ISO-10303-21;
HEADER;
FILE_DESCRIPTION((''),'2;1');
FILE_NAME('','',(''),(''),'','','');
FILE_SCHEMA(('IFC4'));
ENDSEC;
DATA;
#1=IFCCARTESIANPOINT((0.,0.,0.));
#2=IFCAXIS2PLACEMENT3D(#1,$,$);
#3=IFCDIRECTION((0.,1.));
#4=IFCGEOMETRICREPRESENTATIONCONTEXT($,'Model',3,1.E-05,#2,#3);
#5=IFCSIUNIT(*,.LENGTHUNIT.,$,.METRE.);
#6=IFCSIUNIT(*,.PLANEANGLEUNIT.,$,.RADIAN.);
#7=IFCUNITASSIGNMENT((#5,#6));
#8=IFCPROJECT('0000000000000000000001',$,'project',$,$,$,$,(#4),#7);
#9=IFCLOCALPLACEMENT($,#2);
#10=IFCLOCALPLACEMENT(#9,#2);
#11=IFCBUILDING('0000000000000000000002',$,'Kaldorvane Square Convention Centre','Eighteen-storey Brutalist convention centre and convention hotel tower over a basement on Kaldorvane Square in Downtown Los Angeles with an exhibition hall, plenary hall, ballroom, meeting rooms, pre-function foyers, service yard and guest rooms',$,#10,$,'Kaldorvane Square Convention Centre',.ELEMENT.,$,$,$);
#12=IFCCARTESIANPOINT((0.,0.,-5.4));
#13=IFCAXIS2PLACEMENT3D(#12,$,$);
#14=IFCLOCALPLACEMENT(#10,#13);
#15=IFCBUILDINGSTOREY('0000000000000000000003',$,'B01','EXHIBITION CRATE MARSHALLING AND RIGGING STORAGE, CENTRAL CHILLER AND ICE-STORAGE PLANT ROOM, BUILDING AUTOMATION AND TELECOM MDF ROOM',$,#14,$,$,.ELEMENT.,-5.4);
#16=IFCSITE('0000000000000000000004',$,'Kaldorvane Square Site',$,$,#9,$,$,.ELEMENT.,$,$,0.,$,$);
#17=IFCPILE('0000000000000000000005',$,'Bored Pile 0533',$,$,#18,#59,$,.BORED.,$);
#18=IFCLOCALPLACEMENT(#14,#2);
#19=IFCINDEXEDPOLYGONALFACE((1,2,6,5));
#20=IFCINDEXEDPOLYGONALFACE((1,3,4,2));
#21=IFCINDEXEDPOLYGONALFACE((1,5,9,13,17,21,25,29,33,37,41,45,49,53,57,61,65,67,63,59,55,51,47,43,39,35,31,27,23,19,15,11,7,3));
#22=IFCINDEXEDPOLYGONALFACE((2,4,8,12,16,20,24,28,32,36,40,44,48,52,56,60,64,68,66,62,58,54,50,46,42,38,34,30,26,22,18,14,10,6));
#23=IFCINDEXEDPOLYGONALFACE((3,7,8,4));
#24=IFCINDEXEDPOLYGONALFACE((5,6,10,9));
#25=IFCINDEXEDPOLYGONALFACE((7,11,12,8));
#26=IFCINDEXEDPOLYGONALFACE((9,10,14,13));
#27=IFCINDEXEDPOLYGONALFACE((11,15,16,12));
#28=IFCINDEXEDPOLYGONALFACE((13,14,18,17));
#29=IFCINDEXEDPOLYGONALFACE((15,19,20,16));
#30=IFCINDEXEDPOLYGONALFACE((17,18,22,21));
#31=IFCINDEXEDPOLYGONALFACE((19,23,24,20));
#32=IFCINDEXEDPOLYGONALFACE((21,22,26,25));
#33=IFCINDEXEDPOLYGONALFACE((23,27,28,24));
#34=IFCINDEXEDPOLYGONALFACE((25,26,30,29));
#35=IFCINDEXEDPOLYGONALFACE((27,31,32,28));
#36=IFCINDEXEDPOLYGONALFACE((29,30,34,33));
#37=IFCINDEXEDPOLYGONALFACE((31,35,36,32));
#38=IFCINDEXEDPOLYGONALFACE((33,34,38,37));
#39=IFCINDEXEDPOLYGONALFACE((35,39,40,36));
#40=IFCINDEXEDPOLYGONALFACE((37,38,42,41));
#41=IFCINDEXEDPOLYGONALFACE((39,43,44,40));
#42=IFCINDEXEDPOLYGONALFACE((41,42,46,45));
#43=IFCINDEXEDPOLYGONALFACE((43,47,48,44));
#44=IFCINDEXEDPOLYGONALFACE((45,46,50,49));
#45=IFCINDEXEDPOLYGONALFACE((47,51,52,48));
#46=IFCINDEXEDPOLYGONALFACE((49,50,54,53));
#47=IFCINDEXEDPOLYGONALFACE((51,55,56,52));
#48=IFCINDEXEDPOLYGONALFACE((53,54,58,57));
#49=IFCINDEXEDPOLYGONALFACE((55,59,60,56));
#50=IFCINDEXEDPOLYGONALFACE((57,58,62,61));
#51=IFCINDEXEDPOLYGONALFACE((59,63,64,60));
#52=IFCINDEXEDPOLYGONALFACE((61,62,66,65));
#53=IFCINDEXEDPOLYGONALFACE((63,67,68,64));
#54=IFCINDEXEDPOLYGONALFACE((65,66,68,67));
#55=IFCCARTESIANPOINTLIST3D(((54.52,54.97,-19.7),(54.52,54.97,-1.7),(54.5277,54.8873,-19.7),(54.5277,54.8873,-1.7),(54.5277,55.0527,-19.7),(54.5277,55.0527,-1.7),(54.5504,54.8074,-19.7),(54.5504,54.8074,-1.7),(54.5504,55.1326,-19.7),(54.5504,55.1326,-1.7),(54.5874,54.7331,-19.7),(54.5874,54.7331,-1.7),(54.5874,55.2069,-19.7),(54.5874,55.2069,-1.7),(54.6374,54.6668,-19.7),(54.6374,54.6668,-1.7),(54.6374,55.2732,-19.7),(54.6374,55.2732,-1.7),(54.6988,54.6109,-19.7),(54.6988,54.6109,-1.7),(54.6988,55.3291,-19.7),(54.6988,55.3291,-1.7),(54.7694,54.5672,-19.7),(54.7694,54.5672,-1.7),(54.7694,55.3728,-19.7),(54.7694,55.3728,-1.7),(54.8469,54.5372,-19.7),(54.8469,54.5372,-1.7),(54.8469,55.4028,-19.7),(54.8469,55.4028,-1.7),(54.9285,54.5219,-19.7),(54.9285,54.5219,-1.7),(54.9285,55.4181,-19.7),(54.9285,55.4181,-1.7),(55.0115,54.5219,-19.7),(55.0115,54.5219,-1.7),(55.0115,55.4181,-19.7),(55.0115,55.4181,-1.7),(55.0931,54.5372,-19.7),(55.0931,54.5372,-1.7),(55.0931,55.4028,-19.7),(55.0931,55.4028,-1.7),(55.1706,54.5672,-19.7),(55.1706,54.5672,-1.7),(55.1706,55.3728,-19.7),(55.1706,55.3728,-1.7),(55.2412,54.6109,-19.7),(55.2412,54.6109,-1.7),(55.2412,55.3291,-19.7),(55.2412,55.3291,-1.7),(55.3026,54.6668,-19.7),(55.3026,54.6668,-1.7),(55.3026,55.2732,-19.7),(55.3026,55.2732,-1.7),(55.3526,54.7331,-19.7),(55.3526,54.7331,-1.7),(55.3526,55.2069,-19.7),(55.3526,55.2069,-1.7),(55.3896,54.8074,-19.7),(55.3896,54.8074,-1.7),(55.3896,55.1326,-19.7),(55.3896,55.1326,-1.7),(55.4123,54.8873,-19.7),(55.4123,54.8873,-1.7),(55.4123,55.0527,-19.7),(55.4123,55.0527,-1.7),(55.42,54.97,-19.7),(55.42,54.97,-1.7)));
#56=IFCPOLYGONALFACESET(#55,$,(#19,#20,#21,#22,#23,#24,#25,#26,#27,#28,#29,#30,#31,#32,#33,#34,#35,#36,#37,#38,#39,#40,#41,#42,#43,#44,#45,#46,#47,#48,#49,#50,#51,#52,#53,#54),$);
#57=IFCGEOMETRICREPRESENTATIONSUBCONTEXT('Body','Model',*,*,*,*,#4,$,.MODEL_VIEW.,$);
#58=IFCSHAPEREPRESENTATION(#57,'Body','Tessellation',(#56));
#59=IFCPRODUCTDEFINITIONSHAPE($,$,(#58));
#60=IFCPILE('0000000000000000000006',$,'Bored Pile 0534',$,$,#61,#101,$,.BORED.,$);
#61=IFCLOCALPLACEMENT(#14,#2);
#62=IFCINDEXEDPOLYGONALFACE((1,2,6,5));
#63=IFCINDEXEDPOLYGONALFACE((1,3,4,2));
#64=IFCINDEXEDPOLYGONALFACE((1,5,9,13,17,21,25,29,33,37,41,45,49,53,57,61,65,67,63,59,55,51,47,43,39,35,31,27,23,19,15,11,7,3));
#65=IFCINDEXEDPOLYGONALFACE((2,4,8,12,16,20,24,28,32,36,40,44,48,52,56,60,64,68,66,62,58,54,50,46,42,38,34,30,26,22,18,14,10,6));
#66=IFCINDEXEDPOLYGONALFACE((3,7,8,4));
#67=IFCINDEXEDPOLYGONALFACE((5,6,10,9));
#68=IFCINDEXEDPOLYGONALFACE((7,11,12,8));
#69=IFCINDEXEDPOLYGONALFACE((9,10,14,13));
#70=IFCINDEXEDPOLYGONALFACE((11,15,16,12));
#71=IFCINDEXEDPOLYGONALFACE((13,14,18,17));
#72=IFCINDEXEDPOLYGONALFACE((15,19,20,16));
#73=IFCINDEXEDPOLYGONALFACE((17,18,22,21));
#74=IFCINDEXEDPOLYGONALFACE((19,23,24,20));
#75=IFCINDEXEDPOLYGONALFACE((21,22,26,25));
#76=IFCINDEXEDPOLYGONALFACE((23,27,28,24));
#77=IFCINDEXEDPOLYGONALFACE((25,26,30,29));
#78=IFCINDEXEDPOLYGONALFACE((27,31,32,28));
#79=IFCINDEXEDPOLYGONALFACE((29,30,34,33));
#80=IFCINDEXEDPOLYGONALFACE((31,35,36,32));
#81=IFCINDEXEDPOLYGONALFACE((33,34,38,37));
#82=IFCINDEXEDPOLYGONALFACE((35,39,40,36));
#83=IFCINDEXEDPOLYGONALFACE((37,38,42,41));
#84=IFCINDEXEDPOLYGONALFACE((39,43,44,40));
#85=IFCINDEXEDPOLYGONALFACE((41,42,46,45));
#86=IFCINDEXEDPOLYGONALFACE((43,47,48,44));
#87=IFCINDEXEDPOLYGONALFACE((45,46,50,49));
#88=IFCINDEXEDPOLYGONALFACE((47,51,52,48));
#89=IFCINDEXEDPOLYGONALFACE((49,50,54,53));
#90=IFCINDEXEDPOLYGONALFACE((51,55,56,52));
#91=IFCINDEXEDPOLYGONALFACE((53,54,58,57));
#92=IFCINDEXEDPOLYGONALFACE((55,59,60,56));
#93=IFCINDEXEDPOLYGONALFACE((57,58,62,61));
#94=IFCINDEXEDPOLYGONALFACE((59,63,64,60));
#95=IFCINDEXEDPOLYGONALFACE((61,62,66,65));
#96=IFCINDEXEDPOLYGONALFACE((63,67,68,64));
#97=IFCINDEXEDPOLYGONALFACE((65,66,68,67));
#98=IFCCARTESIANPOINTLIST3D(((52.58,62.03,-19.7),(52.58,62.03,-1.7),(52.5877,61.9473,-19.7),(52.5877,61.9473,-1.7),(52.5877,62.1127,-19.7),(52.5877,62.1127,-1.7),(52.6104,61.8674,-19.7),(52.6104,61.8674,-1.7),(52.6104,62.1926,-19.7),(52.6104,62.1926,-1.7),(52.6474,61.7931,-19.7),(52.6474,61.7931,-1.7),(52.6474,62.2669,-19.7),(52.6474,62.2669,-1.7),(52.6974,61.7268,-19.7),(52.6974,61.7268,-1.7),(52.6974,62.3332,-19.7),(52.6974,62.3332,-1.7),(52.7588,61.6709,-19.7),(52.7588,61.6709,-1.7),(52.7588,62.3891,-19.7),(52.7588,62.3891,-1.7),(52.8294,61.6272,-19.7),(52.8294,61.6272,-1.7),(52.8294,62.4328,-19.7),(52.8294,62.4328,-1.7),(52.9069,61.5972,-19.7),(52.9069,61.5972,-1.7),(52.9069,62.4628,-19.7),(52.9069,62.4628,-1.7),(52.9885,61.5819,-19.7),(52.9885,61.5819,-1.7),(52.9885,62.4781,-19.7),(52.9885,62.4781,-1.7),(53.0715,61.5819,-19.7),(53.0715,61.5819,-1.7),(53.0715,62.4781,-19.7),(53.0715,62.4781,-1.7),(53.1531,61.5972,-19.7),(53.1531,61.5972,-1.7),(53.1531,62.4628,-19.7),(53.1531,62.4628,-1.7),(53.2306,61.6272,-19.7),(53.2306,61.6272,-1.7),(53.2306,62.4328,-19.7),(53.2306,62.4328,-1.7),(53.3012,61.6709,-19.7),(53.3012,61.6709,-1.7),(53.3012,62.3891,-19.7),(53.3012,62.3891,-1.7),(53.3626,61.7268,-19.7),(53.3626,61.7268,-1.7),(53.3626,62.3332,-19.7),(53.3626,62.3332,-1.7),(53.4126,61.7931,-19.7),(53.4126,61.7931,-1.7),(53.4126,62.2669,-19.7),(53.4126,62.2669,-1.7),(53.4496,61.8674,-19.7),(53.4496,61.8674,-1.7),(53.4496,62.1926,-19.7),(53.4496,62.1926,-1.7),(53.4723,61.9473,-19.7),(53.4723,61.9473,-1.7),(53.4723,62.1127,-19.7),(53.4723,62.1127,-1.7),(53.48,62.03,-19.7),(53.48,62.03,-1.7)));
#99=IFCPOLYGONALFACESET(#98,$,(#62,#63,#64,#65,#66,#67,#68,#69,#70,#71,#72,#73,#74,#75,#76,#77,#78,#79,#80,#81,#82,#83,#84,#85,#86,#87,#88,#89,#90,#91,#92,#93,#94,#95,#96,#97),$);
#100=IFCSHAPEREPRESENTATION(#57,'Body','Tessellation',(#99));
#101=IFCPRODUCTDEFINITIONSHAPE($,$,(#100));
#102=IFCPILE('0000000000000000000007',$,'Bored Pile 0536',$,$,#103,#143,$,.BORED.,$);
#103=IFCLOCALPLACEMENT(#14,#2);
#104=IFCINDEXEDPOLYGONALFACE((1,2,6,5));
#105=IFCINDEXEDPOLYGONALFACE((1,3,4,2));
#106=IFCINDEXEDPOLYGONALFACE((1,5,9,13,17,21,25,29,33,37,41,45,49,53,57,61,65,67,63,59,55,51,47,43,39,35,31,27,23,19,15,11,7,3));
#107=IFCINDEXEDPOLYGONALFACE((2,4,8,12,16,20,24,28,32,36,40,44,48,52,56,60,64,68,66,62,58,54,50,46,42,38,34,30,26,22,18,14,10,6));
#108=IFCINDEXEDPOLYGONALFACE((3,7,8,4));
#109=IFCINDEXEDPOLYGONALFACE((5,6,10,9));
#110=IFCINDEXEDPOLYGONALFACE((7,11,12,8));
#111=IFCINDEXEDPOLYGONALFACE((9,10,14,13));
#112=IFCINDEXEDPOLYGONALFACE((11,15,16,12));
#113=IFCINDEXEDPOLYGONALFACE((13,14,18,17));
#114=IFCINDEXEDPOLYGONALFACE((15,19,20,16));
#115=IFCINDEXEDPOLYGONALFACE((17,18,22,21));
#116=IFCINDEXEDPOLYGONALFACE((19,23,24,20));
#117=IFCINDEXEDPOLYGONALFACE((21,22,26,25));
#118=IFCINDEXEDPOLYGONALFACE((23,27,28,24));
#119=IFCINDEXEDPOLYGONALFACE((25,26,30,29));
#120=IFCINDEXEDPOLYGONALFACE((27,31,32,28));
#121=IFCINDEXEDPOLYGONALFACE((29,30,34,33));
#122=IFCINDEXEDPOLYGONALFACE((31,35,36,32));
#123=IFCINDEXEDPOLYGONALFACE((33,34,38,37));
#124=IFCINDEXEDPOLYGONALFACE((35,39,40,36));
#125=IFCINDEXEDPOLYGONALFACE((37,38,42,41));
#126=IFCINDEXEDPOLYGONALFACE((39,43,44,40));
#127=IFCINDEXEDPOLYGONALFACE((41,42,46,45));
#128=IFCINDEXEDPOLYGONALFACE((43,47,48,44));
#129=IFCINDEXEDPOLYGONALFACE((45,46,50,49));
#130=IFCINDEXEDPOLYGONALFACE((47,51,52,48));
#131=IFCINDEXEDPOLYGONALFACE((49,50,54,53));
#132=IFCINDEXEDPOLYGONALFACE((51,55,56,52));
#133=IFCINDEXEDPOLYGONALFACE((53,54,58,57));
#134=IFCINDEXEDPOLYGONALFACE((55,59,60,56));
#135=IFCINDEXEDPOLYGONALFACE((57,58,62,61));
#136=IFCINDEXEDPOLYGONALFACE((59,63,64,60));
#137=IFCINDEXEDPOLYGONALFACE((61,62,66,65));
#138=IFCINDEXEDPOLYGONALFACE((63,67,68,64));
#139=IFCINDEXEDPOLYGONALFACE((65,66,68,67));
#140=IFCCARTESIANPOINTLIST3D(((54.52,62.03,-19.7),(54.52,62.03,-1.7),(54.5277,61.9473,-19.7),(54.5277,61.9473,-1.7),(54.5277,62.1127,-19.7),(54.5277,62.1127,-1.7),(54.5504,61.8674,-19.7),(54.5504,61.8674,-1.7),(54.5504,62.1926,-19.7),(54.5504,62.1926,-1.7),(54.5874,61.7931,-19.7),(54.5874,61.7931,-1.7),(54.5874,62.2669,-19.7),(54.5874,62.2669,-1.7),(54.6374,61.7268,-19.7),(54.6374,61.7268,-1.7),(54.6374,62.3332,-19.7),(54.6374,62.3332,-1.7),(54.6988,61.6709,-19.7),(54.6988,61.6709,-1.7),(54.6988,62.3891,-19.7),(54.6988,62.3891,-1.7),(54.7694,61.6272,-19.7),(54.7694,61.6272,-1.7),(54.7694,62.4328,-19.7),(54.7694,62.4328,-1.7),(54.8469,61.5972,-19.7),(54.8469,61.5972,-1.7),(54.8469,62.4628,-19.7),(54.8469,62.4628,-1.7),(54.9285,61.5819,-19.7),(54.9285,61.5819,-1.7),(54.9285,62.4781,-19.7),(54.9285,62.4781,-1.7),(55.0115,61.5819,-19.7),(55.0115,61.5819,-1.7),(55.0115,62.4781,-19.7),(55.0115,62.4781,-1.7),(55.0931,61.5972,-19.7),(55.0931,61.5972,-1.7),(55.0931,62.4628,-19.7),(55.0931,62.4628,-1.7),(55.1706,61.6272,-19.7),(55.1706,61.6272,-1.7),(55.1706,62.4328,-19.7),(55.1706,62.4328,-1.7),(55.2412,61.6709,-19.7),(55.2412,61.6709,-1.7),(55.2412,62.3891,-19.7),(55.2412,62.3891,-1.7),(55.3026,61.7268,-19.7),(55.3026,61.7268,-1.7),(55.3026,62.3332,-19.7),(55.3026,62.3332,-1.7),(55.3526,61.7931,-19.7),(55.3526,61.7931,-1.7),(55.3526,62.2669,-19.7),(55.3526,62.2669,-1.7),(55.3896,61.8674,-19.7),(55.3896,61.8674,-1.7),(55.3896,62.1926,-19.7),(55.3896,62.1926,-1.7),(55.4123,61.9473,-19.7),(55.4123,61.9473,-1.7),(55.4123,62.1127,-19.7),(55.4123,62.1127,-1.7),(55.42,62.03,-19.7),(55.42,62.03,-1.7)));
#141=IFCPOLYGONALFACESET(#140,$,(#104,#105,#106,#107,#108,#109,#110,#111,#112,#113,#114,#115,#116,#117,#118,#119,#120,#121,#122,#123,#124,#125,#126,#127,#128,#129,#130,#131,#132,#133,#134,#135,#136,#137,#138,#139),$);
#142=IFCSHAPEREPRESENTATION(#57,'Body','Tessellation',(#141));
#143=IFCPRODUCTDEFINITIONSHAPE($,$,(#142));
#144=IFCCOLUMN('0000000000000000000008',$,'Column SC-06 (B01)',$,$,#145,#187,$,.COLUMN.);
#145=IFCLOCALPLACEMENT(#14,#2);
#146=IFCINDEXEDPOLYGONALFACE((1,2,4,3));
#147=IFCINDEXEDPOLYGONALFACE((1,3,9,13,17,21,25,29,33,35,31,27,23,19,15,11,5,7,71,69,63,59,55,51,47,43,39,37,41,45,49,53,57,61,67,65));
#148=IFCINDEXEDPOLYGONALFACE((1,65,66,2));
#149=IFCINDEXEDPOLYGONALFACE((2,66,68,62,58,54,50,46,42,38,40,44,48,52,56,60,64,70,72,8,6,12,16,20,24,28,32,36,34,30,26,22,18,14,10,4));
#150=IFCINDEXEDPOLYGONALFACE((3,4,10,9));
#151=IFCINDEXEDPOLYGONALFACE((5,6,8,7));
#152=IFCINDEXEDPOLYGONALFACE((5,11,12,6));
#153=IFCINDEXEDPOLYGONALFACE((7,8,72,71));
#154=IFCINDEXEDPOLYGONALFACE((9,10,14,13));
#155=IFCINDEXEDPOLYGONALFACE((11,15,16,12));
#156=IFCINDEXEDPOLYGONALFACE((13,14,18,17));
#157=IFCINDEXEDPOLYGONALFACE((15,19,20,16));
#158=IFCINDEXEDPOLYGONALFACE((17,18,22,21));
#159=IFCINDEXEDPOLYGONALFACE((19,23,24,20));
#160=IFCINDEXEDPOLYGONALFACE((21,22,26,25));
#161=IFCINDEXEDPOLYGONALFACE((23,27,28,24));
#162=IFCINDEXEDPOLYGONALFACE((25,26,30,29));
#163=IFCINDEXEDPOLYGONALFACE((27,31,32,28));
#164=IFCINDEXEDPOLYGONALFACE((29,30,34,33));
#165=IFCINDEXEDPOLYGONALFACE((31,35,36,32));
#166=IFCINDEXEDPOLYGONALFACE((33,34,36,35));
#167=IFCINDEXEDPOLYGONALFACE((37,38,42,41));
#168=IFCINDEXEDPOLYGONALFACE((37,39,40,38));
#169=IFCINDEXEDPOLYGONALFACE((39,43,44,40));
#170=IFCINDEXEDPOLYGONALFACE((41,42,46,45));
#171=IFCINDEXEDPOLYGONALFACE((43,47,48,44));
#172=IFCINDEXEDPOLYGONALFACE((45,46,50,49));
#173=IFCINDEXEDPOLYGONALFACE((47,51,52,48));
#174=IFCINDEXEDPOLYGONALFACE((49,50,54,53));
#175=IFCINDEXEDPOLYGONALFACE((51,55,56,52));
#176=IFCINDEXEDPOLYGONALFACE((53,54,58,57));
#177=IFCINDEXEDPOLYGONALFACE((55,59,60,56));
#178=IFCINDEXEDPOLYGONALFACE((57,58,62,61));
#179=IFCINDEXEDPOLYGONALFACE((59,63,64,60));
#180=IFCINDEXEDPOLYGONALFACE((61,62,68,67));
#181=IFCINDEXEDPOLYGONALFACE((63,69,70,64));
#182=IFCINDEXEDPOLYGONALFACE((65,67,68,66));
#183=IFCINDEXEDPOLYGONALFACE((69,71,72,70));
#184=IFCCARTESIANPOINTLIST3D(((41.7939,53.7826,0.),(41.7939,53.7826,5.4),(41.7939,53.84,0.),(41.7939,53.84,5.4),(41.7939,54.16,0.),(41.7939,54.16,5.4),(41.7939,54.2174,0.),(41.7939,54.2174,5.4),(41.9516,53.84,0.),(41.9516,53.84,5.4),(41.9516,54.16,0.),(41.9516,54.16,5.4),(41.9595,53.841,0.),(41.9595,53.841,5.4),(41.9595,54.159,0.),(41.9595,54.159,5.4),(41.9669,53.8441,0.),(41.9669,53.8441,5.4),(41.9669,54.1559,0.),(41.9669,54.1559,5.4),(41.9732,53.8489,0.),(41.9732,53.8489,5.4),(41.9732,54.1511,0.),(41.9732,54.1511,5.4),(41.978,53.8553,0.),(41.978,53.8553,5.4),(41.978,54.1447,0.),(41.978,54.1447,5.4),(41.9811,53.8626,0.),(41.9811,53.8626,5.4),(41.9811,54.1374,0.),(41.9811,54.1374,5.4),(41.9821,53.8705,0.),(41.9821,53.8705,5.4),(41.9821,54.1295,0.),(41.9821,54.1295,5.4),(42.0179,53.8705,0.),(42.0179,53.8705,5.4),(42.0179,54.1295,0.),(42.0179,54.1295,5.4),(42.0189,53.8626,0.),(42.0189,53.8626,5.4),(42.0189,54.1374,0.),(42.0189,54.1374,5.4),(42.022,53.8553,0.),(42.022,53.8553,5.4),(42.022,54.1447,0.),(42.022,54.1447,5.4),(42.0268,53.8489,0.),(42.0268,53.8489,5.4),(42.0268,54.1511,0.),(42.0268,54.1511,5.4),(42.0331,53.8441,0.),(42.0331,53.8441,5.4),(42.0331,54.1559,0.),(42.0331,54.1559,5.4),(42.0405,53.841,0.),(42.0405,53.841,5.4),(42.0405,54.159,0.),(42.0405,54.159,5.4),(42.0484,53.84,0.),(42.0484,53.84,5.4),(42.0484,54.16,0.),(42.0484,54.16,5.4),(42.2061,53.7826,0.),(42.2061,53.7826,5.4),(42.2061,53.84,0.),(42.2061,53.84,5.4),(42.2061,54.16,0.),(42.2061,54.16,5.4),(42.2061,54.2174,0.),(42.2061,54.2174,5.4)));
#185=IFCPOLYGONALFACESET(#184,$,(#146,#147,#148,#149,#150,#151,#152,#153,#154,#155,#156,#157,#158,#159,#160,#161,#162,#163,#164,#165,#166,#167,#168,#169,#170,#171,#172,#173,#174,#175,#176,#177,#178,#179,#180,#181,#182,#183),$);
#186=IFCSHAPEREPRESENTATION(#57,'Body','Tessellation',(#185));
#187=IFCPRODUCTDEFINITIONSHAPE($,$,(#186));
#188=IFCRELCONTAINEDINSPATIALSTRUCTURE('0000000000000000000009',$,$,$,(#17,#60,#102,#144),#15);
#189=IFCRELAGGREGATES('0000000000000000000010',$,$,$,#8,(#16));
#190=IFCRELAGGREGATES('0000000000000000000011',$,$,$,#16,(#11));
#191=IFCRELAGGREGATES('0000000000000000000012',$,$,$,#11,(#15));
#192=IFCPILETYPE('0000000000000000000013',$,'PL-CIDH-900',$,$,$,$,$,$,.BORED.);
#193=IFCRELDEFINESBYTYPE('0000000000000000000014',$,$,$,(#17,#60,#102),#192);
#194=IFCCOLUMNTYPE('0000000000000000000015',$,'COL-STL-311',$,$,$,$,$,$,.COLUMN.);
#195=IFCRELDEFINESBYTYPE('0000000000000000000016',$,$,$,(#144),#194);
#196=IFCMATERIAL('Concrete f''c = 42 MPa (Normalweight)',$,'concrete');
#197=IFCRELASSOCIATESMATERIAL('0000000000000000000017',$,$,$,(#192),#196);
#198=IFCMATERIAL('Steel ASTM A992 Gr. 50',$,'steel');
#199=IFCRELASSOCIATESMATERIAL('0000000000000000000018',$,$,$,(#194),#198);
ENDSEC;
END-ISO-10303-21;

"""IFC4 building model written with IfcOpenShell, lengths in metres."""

from ifc_helpers import new_model, si_unit, direction, frame, origin, origin_2d, place, context, subcontext, project, spatial, circle, i_section, extrude, material, material_profile, profile_set, type_object, element, save


model = new_model("IFC4")

# Units and contexts
model_context = context("Model", 3, precision=1e-05, world=origin(), true_north=direction((0.0, 1.0)))
body_context = subcontext(model_context, "Body", "Model", "MODEL_VIEW")
ifc_project = project(units=[si_unit("LENGTHUNIT", "METRE"), si_unit("PLANEANGLEUNIT", "RADIAN")], contexts=[model_context])

# Site, building, storey
site_placement = place(None, origin())
site = spatial("IfcSite", under=ifc_project, at=site_placement, Name="Kaldorvane Square Site", CompositionType="ELEMENT", RefElevation=0.0)
building_placement = place(site_placement, origin())
building = spatial("IfcBuilding", under=site, at=building_placement, Name="Kaldorvane Square Convention Centre", Description="Eighteen-storey Brutalist convention centre and convention hotel tower over a basement on Kaldorvane Square in Downtown Los Angeles with an exhibition hall, plenary hall, ballroom, meeting rooms, pre-function foyers, service yard and guest rooms", LongName="Kaldorvane Square Convention Centre", CompositionType="ELEMENT")
storey_placement = place(building_placement, frame((0.0, 0.0, -5.4)))
storey = spatial("IfcBuildingStorey", under=building, at=storey_placement, Name="B01", Description="EXHIBITION CRATE MARSHALLING AND RIGGING STORAGE, CENTRAL CHILLER AND ICE-STORAGE PLANT ROOM, BUILDING AUTOMATION AND TELECOM MDF ROOM", CompositionType="ELEMENT", Elevation=-5.4)

# Shared definitions
ifc_material_1 = material(Name="Concrete f'c = 42 MPa (Normalweight)", Category="concrete")

# Piles
ifc_material_profile_1 = material_profile(ifc_material_1, circle(Radius=0.45, at=origin_2d()), Name="PILE-D900")
ifc_profile_set_1 = profile_set([ifc_material_profile_1], Name="Concrete f'c = 42 MPa (Normalweight)")
pile_type = type_object("IfcPileType", Name="PL-CIDH-900", PredefinedType="BORED", material=ifc_profile_set_1)
for number, where, z_axis, x_axis, name in (
    (1, (54.97, 54.97, -1.7), (0.0, 0.0, -1.0), (1.0, 0.0, 0.0), "Bored Pile 0533"),
    (2, (53.03, 62.03, -1.7), (0.0, 0.0, -1.0), (1.0, 0.0, 0.0), "Bored Pile 0534"),
    (3, (54.97, 62.03, -1.7), (0.0, 0.0, -1.0), (1.0, 0.0, 0.0), "Bored Pile 0536"),
):
    element("IfcPile", number, at=place(storey_placement, frame(where, z_axis=z_axis, x_axis=x_axis)), inside=storey, type_object=pile_type, Name=name, PredefinedType="BORED", context=body_context, shape_type="SweptSolid", body=[
        extrude(circle(Radius=0.45, at=origin_2d()), origin(), (0.0, 0.0, 1.0), 18.0),
    ])

# Column
ifc_material_2 = material(Name="Steel ASTM A992 Gr. 50", Category="steel")
ifc_material_profile_2 = material_profile(ifc_material_2, i_section(OverallWidth=0.4122, OverallDepth=0.4348, WebThickness=0.0358, FlangeThickness=0.0574, FilletRadius=0.0305, at=origin_2d()), Name="W14X311")
ifc_profile_set_2 = profile_set([ifc_material_profile_2], Name="Steel ASTM A992 Gr. 50")
column_type = type_object("IfcColumnType", Name="COL-STL-311", PredefinedType="COLUMN", material=ifc_profile_set_2)
for number, where, z_axis, x_axis, name in (
    (4, (42.0, 54.0, 0.0), (0.0, 0.0, 1.0), (1.0, 0.0, 0.0), "Column SC-06 (B01)"),
):
    element("IfcColumn", number, at=place(storey_placement, frame(where, z_axis=z_axis, x_axis=x_axis)), inside=storey, type_object=column_type, Name=name, PredefinedType="COLUMN", context=body_context, shape_type="SweptSolid", body=[
        extrude(i_section(OverallWidth=0.4122, OverallDepth=0.4348, WebThickness=0.0358, FlangeThickness=0.0574, FilletRadius=0.0305, at=origin_2d()), origin(), (0.0, 0.0, 1.0), 5.4),
    ])

save(model, "model.ifc")
